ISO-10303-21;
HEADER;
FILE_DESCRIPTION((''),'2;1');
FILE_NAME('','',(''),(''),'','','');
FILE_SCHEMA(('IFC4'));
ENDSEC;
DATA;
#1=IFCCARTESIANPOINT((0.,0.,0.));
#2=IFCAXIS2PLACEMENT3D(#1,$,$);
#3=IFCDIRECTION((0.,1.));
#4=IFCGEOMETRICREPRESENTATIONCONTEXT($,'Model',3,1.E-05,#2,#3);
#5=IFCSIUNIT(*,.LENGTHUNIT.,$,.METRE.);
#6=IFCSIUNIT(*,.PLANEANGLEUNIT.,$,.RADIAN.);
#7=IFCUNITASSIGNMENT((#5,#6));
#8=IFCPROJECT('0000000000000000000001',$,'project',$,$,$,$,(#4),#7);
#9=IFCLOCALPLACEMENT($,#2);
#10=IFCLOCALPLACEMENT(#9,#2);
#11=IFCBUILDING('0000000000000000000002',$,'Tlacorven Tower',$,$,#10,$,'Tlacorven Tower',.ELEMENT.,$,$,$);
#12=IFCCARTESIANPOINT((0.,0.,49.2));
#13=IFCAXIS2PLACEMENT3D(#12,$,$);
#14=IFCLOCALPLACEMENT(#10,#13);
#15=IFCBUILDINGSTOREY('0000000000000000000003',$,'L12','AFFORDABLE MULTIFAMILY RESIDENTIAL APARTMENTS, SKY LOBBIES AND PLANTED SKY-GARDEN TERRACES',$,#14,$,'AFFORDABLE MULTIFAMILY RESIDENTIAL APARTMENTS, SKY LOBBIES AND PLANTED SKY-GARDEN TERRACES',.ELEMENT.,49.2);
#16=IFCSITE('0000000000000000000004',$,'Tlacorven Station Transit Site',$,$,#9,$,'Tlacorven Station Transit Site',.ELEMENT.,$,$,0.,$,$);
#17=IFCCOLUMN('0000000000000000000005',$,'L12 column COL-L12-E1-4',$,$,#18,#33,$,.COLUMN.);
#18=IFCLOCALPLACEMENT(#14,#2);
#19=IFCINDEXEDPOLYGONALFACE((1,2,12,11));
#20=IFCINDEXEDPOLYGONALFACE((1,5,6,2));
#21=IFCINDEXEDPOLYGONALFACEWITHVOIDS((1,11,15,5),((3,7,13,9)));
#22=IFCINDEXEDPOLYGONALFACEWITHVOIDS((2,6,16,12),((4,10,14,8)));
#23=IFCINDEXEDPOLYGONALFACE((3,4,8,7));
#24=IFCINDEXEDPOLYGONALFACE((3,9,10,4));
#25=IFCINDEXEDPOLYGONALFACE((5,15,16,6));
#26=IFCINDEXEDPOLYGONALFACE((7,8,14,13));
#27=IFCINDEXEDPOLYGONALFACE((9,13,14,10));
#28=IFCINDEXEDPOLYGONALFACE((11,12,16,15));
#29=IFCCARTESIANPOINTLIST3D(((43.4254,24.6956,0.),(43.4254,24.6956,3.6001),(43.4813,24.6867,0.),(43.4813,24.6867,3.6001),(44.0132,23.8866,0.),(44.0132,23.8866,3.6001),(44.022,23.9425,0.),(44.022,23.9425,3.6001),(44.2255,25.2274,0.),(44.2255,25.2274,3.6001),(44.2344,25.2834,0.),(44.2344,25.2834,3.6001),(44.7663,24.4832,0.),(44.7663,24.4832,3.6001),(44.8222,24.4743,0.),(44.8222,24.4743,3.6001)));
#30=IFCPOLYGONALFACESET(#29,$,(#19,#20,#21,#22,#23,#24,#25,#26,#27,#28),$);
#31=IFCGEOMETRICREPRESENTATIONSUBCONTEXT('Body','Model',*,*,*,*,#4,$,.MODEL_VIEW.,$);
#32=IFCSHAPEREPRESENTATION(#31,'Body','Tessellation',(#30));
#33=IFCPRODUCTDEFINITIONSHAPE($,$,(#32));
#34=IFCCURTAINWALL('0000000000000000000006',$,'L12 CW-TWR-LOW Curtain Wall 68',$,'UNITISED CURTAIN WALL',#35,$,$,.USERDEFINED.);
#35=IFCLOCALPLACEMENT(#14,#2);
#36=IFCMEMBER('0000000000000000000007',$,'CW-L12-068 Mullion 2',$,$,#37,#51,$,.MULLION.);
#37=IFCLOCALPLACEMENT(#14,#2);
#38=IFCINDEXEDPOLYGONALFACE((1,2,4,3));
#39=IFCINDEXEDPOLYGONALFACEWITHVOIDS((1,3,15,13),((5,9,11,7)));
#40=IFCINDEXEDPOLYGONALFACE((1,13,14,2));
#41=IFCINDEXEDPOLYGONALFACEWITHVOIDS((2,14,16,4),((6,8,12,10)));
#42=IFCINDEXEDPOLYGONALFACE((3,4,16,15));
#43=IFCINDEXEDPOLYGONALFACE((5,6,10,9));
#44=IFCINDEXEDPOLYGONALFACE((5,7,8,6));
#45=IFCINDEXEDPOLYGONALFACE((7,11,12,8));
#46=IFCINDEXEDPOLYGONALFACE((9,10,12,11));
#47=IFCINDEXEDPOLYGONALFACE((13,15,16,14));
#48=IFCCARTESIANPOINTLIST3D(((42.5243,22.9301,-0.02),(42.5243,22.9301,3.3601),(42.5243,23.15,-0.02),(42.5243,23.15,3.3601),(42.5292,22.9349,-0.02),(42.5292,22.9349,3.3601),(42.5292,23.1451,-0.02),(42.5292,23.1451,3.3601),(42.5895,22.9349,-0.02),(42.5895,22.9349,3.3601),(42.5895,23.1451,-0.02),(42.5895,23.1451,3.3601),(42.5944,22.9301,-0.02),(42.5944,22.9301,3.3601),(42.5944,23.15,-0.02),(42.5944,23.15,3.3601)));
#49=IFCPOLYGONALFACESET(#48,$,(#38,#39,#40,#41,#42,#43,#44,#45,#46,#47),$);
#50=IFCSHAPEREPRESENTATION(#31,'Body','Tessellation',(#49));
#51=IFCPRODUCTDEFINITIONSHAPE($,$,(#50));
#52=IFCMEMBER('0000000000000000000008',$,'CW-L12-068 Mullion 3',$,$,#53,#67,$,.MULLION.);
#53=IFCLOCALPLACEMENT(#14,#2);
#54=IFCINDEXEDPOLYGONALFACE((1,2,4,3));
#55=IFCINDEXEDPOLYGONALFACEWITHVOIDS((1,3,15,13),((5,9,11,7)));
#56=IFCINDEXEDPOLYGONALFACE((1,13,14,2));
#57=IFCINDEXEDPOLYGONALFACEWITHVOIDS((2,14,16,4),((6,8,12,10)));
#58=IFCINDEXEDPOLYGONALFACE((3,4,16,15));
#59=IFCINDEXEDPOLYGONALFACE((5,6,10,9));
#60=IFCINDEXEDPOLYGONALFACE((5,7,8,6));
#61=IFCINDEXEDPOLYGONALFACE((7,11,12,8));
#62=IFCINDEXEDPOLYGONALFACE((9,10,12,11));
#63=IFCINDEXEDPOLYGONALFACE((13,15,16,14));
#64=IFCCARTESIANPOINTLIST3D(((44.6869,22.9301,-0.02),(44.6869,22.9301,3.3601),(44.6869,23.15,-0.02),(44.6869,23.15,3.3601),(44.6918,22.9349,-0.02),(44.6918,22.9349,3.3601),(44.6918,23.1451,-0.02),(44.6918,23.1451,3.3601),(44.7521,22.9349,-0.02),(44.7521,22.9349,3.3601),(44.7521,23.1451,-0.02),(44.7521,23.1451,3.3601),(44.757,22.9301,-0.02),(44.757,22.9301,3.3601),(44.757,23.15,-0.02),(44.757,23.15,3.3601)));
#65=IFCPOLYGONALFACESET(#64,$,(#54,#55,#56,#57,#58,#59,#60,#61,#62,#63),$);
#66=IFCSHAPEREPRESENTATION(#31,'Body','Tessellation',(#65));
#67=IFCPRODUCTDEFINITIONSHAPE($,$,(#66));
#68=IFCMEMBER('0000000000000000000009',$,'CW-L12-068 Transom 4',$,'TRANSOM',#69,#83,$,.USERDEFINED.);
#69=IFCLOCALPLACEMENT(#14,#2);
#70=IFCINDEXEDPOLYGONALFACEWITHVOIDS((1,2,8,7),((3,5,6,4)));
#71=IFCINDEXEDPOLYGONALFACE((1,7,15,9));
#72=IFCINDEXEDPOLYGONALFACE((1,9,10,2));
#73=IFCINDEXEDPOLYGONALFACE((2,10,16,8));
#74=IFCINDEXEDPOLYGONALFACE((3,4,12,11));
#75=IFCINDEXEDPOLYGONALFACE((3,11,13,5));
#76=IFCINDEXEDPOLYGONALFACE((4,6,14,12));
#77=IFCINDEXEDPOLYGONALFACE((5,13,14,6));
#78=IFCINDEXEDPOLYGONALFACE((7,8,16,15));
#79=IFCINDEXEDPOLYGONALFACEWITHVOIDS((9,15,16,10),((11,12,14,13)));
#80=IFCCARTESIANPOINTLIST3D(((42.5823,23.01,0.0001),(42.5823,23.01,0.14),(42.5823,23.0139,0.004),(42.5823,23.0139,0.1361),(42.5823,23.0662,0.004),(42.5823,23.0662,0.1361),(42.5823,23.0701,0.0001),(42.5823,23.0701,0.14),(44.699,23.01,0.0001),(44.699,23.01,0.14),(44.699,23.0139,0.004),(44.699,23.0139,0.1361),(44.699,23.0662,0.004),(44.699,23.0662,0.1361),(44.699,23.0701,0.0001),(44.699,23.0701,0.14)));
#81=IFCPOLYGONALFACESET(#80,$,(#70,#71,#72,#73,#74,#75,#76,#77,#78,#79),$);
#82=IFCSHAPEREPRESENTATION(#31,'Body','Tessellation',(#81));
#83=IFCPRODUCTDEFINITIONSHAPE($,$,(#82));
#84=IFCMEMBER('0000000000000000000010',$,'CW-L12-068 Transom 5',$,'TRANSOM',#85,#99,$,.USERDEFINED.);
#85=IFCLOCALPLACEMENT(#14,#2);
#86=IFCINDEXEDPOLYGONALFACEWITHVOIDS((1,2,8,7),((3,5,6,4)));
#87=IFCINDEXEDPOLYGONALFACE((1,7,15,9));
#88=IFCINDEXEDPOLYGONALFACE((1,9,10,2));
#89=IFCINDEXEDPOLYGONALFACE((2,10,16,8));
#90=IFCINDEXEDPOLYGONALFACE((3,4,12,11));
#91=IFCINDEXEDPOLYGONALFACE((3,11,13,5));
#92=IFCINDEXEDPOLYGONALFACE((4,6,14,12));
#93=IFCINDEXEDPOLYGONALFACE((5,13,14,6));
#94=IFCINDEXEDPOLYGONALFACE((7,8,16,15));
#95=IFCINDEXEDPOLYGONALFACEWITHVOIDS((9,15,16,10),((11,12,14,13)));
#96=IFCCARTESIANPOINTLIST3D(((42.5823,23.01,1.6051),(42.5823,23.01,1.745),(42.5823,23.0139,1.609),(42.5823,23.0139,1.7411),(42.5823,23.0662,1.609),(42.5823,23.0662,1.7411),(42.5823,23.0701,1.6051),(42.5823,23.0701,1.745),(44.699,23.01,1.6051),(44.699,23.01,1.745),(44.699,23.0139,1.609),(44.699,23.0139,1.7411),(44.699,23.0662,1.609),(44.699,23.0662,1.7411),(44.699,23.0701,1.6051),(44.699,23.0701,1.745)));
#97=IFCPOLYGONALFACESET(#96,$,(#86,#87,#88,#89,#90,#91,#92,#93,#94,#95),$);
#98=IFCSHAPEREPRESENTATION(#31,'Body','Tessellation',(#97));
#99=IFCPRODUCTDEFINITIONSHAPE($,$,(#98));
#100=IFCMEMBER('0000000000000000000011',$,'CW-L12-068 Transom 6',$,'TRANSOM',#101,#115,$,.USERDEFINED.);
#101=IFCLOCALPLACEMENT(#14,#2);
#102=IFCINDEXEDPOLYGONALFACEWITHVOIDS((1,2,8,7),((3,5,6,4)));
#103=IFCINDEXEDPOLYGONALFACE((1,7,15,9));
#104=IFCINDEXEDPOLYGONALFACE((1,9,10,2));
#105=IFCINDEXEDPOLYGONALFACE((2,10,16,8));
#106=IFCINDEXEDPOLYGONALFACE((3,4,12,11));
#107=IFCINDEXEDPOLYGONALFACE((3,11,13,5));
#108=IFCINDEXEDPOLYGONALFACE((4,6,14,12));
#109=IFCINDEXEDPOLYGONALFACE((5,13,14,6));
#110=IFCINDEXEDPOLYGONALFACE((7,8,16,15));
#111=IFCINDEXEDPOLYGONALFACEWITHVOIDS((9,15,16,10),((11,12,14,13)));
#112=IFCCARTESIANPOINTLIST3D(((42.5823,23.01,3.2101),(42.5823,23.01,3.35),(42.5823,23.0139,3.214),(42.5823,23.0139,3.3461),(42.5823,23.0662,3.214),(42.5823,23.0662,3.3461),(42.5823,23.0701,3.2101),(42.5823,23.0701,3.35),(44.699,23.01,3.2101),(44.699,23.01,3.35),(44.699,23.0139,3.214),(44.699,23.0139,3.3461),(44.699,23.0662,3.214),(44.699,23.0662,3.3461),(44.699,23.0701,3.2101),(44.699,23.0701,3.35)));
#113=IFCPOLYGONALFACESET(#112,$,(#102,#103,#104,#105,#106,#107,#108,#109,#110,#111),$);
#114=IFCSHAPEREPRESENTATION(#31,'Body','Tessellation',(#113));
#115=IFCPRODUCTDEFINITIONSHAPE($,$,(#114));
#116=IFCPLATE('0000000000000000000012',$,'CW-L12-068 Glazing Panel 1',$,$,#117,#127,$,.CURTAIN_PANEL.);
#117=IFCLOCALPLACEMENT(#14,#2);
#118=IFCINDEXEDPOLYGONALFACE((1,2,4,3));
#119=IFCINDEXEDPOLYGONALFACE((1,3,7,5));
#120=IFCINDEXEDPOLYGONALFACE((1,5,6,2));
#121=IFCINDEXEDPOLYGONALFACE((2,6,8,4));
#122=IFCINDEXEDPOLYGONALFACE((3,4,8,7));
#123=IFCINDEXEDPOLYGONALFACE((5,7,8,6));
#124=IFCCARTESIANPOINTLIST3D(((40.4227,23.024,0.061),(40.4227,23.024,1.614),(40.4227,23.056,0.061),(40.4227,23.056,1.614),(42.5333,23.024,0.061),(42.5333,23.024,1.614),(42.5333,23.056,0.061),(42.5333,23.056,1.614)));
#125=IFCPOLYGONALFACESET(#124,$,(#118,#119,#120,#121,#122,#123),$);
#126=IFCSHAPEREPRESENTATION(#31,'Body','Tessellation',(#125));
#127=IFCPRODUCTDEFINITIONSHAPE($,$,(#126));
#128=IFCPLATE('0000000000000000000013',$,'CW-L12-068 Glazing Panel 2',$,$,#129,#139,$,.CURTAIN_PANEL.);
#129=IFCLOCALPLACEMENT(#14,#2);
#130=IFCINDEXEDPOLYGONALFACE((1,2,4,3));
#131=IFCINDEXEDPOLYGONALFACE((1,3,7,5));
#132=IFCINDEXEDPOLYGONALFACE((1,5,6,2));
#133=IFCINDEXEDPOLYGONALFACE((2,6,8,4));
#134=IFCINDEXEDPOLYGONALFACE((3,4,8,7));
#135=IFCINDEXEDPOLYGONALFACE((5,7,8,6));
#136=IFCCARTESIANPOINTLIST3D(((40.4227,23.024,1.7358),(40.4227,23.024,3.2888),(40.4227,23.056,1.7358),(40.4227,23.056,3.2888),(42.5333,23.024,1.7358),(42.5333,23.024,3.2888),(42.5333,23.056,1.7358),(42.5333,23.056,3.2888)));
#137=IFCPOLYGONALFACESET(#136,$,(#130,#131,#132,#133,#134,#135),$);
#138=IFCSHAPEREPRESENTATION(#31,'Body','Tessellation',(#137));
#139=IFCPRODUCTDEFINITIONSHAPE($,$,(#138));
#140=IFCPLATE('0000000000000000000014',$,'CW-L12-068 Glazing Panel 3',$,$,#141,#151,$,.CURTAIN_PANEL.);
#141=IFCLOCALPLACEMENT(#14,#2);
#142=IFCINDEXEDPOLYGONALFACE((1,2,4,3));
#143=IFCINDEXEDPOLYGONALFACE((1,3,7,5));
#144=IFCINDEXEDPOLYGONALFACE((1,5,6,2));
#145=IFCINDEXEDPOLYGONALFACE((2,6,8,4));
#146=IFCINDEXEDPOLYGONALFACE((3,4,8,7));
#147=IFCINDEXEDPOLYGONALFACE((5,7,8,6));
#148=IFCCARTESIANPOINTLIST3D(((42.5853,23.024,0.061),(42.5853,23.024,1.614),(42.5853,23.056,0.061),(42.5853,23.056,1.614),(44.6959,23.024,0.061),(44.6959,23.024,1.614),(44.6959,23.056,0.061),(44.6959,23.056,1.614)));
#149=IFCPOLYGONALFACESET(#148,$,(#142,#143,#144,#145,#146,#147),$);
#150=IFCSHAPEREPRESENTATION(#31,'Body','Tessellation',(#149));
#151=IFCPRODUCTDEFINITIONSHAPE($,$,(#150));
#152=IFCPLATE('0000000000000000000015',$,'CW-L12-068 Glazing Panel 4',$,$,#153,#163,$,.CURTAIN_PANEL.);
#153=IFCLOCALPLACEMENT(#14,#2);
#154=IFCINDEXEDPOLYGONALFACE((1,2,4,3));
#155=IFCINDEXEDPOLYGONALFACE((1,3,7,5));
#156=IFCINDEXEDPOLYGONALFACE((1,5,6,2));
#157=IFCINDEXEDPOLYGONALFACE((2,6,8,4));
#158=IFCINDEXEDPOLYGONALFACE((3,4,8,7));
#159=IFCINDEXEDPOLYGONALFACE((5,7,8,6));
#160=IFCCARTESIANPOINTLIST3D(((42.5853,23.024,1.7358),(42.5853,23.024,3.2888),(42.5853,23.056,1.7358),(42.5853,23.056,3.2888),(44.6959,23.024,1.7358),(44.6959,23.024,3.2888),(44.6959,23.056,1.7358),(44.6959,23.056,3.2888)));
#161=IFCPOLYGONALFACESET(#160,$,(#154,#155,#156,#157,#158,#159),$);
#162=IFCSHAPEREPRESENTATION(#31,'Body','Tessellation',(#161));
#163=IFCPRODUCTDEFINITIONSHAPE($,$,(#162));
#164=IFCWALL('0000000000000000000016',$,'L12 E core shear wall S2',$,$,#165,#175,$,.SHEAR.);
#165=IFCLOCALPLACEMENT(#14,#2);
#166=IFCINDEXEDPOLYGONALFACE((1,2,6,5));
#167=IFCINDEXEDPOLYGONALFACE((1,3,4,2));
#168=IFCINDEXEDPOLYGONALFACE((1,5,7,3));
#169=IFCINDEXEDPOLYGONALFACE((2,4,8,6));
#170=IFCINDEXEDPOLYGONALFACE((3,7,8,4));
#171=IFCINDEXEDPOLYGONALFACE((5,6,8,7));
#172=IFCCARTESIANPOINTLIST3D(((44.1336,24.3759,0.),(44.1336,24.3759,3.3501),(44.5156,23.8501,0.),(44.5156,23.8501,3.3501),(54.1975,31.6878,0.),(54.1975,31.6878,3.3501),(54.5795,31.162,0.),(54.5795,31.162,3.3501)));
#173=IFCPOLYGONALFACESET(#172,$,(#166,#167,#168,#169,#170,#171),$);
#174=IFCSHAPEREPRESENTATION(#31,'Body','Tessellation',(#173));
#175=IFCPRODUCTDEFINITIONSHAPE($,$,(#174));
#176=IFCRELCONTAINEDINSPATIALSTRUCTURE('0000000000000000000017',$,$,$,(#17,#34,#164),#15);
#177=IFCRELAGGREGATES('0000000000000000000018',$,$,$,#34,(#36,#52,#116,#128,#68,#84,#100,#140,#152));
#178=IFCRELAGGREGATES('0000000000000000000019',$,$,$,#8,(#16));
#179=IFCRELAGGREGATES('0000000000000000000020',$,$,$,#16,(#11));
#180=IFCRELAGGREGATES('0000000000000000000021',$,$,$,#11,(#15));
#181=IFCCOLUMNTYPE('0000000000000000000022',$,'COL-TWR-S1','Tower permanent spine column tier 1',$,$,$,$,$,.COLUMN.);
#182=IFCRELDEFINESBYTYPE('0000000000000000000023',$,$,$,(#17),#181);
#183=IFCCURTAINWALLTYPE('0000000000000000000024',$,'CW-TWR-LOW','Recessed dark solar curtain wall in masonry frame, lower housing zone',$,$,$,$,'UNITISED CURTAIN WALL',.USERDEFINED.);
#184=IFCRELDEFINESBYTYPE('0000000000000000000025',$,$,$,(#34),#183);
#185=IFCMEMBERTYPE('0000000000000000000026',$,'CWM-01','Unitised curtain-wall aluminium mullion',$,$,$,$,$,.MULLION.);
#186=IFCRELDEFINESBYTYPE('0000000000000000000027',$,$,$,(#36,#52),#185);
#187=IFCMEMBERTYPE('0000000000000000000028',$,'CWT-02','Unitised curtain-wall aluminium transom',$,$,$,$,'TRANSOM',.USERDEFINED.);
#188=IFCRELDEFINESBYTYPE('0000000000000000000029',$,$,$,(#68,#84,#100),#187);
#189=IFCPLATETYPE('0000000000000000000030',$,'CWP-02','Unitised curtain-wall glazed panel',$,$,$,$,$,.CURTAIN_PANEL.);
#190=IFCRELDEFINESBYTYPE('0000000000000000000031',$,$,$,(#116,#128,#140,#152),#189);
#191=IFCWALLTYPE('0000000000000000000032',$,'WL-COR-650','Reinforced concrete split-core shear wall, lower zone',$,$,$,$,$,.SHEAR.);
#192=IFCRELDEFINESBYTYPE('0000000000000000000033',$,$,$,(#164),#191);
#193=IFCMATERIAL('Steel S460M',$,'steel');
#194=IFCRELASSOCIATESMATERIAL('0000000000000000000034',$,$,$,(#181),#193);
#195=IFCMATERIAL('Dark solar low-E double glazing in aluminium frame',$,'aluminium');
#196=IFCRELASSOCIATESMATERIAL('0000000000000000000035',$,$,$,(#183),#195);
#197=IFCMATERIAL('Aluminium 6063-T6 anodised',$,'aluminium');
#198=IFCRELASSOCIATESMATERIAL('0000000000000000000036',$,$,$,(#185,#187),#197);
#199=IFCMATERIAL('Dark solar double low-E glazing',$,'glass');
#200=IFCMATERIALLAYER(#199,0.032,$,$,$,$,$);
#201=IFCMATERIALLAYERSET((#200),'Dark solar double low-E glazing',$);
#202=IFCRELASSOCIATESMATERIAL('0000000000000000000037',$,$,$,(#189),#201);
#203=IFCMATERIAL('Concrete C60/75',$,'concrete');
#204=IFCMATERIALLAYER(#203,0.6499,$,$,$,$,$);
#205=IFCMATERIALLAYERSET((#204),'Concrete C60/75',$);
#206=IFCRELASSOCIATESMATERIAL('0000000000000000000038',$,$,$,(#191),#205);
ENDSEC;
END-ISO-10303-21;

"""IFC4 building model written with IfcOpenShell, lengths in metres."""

from ifc_helpers import new_model, si_unit, direction, frame, frame_2d, origin, origin_2d, place, context, subcontext, project, spatial, rectangle, hollow_rectangle, extrude, source, transform, mapped, material, layer, layer_set, material_profile, profile_set, type_object, element, aggregate, save


model = new_model("IFC4")

# Units and contexts
model_context = context("Model", 3, precision=1e-05, world=origin(), true_north=direction((0.0, 1.0)))
body_context = subcontext(model_context, "Body", "Model", "MODEL_VIEW")
ifc_project = project(units=[si_unit("LENGTHUNIT", "METRE"), si_unit("PLANEANGLEUNIT", "RADIAN")], contexts=[model_context])

# Site, building, storey
site_placement = place(None, origin())
site = spatial("IfcSite", under=ifc_project, at=site_placement, Name="Tlacorven Station Transit Site", LongName="Tlacorven Station Transit Site", CompositionType="ELEMENT", RefElevation=0.0)
building_placement = place(site_placement, origin())
building = spatial("IfcBuilding", under=site, at=building_placement, Name="Tlacorven Tower", LongName="Tlacorven Tower", CompositionType="ELEMENT")
storey_placement = place(building_placement, frame((0.0, 0.0, 49.2)))
storey = spatial("IfcBuildingStorey", under=building, at=storey_placement, Name="L12", Description="AFFORDABLE MULTIFAMILY RESIDENTIAL APARTMENTS, SKY LOBBIES AND PLANTED SKY-GARDEN TERRACES", LongName="AFFORDABLE MULTIFAMILY RESIDENTIAL APARTMENTS, SKY LOBBIES AND PLANTED SKY-GARDEN TERRACES", CompositionType="ELEMENT", Elevation=49.2)

# Column
ifc_material_1 = material(Name="Steel S460M", Category="steel")
ifc_material_profile_1 = material_profile(ifc_material_1, hollow_rectangle(XDim=1.0, YDim=1.0, WallThickness=0.04, at=origin_2d()), Name="BOX 1000X1000X40")
ifc_profile_set_1 = profile_set([ifc_material_profile_1], Name="Steel S460M")
column_type = type_object("IfcColumnType", Name="COL-TWR-S1", Description="Tower permanent spine column tier 1", PredefinedType="COLUMN", material=ifc_profile_set_1)
shared_shape_1 = source(origin(), body_context, "Body", "SweptSolid", [
    extrude(hollow_rectangle(XDim=1.0, YDim=1.0, WallThickness=0.04, at=origin_2d()), origin(), (0.0, 0.0, 1.0), 3.6001),
])
column_placement = place(storey_placement, frame((44.1238, 24.585, 0.0), z_axis=(0.0, 0.0, 1.0), x_axis=(0.809017, 0.587785, 0.0)))
element("IfcColumn", 1, at=column_placement, inside=storey, type_object=column_type, Name="L12 column COL-L12-E1-4", PredefinedType="COLUMN", context=body_context, shape_type="MappedRepresentation", body=[
    mapped(shared_shape_1, transform((0.0, 0.0, 0.0), scale=1.0)),
])

# Curtain wall, members, plates
ifc_material_2 = material(Name="Dark solar low-E double glazing in aluminium frame", Category="aluminium")
curtain_wall_type = type_object("IfcCurtainWallType", Name="CW-TWR-LOW", Description="Recessed dark solar curtain wall in masonry frame, lower housing zone", ElementType="UNITISED CURTAIN WALL", PredefinedType="USERDEFINED", material=ifc_material_2)
curtain_wall_placement = place(storey_placement, origin())
curtain_wall = element("IfcCurtainWall", 2, at=curtain_wall_placement, inside=storey, type_object=curtain_wall_type, Name="L12 CW-TWR-LOW Curtain Wall 68", ObjectType="UNITISED CURTAIN WALL", PredefinedType="USERDEFINED")
ifc_material_3 = material(Name="Aluminium 6063-T6 anodised", Category="aluminium")
ifc_material_profile_2 = material_profile(ifc_material_3, hollow_rectangle(XDim=0.0701, YDim=0.22, WallThickness=0.0049, at=origin_2d()), Name="ALU MULLION 70X220")
ifc_profile_set_2 = profile_set([ifc_material_profile_2], Name="Aluminium 6063-T6 anodised")
member_type_1 = type_object("IfcMemberType", Name="CWM-01", Description="Unitised curtain-wall aluminium mullion", PredefinedType="MULLION", material=ifc_profile_set_2)
shared_shape_2 = source(origin(), body_context, "Body", "SweptSolid", [
    extrude(hollow_rectangle(XDim=0.0701, YDim=0.22, WallThickness=0.0049, at=origin_2d()), origin(), (0.0, 0.0, 1.0), 3.3801),
])
member_1_placement = place(storey_placement, frame((42.5593, 23.04, -0.02), z_axis=(0.0, 0.0, 1.0), x_axis=(1.0, 0.0, 0.0)))
member_1 = element("IfcMember", 3, at=member_1_placement, type_object=member_type_1, Name="CW-L12-068 Mullion 2", PredefinedType="MULLION", context=body_context, shape_type="MappedRepresentation", body=[
    mapped(shared_shape_2, transform((0.0, 0.0, 0.0), scale=1.0)),
])
member_2_placement = place(storey_placement, frame((44.7219, 23.04, -0.02), z_axis=(0.0, 0.0, 1.0), x_axis=(1.0, 0.0, 0.0)))
member_2 = element("IfcMember", 4, at=member_2_placement, type_object=member_type_1, Name="CW-L12-068 Mullion 3", PredefinedType="MULLION", context=body_context, shape_type="MappedRepresentation", body=[
    mapped(shared_shape_2, transform((0.0, 0.0, 0.0), scale=1.0)),
])
ifc_material_profile_3 = material_profile(ifc_material_3, hollow_rectangle(XDim=0.0601, YDim=0.1399, WallThickness=0.0039, at=origin_2d()), Name="ALU TRANSOM 60X140")
ifc_profile_set_3 = profile_set([ifc_material_profile_3], Name="Aluminium 6063-T6 anodised")
member_type_2 = type_object("IfcMemberType", Name="CWT-02", Description="Unitised curtain-wall aluminium transom", ElementType="TRANSOM", PredefinedType="USERDEFINED", material=ifc_profile_set_3)
shared_shape_3 = source(origin(), body_context, "Body", "SweptSolid", [
    extrude(hollow_rectangle(XDim=0.0601, YDim=0.1399, WallThickness=0.0039, at=origin_2d()), origin(), (0.0, 0.0, 1.0), 2.1167),
])
member_3_placement = place(storey_placement, frame((42.5823, 23.04, 0.0701), z_axis=(1.0, 0.0, 0.0), x_axis=(0.0, 1.0, 0.0)))
member_3 = element("IfcMember", 5, at=member_3_placement, type_object=member_type_2, Name="CW-L12-068 Transom 4", ObjectType="TRANSOM", PredefinedType="USERDEFINED", context=body_context, shape_type="MappedRepresentation", body=[
    mapped(shared_shape_3, transform((0.0, 0.0, 0.0), scale=1.0)),
])
member_4_placement = place(storey_placement, frame((42.5823, 23.04, 1.675), z_axis=(1.0, 0.0, 0.0), x_axis=(0.0, 1.0, 0.0)))
member_4 = element("IfcMember", 6, at=member_4_placement, type_object=member_type_2, Name="CW-L12-068 Transom 5", ObjectType="TRANSOM", PredefinedType="USERDEFINED", context=body_context, shape_type="MappedRepresentation", body=[
    mapped(shared_shape_3, transform((0.0, 0.0, 0.0), scale=1.0)),
])
member_5_placement = place(storey_placement, frame((42.5823, 23.04, 3.28), z_axis=(1.0, 0.0, 0.0), x_axis=(0.0, 1.0, 0.0)))
member_5 = element("IfcMember", 7, at=member_5_placement, type_object=member_type_2, Name="CW-L12-068 Transom 6", ObjectType="TRANSOM", PredefinedType="USERDEFINED", context=body_context, shape_type="MappedRepresentation", body=[
    mapped(shared_shape_3, transform((0.0, 0.0, 0.0), scale=1.0)),
])
ifc_material_4 = material(Name="Dark solar double low-E glazing", Category="glass")
ifc_layer_1 = layer(ifc_material_4, 0.032)
ifc_layer_set_1 = layer_set([ifc_layer_1], Name="Dark solar double low-E glazing")
plate_type = type_object("IfcPlateType", Name="CWP-02", Description="Unitised curtain-wall glazed panel", PredefinedType="CURTAIN_PANEL", material=ifc_layer_set_1)
shared_shape_4 = source(origin(), body_context, "Body", "SweptSolid", [
    extrude(rectangle(XDim=2.1106, YDim=0.032, at=origin_2d()), origin(), (0.0, 0.0, 1.0), 1.553),
])
plate_1_placement = place(storey_placement, frame((41.478, 23.04, 0.061), z_axis=(0.0, 0.0, 1.0), x_axis=(1.0, 0.0, 0.0)))
plate_1 = element("IfcPlate", 8, at=plate_1_placement, type_object=plate_type, Name="CW-L12-068 Glazing Panel 1", PredefinedType="CURTAIN_PANEL", context=body_context, shape_type="MappedRepresentation", body=[
    mapped(shared_shape_4, transform((0.0, 0.0, 0.0), scale=1.0)),
])
plate_2_placement = place(storey_placement, frame((41.478, 23.04, 1.7358), z_axis=(0.0, 0.0, 1.0), x_axis=(1.0, 0.0, 0.0)))
plate_2 = element("IfcPlate", 9, at=plate_2_placement, type_object=plate_type, Name="CW-L12-068 Glazing Panel 2", PredefinedType="CURTAIN_PANEL", context=body_context, shape_type="MappedRepresentation", body=[
    mapped(shared_shape_4, transform((0.0, 0.0, 0.0), scale=1.0)),
])
plate_3_placement = place(storey_placement, frame((43.6406, 23.04, 0.061), z_axis=(0.0, 0.0, 1.0), x_axis=(1.0, 0.0, 0.0)))
plate_3 = element("IfcPlate", 10, at=plate_3_placement, type_object=plate_type, Name="CW-L12-068 Glazing Panel 3", PredefinedType="CURTAIN_PANEL", context=body_context, shape_type="MappedRepresentation", body=[
    mapped(shared_shape_4, transform((0.0, 0.0, 0.0), scale=1.0)),
])
plate_4_placement = place(storey_placement, frame((43.6406, 23.04, 1.7358), z_axis=(0.0, 0.0, 1.0), x_axis=(1.0, 0.0, 0.0)))
plate_4 = element("IfcPlate", 11, at=plate_4_placement, type_object=plate_type, Name="CW-L12-068 Glazing Panel 4", PredefinedType="CURTAIN_PANEL", context=body_context, shape_type="MappedRepresentation", body=[
    mapped(shared_shape_4, transform((0.0, 0.0, 0.0), scale=1.0)),
])
aggregate(curtain_wall, [member_1, member_2, plate_1, plate_2, member_3, member_4, member_5, plate_3, plate_4])

# Wall
ifc_material_5 = material(Name="Concrete C60/75", Category="concrete")
ifc_layer_2 = layer(ifc_material_5, 0.6499)
ifc_layer_set_2 = layer_set([ifc_layer_2], Name="Concrete C60/75")
wall_type_1 = type_object("IfcWallType", Name="WL-COR-650", Description="Reinforced concrete split-core shear wall, lower zone", PredefinedType="SHEAR", material=ifc_layer_set_2)
wall_1_placement = place(storey_placement, frame((44.3247, 24.113, 0.0), z_axis=(0.0, 0.0, 1.0), x_axis=(0.809013, 0.587791, 0.0)))
element("IfcWall", 12, at=wall_1_placement, inside=storey, type_object=wall_type_1, Name="L12 E core shear wall S2", PredefinedType="SHEAR", context=body_context, shape_type="SweptSolid", body=[
    extrude(rectangle(XDim=12.4397, YDim=0.6499, at=frame_2d((6.2197, 0.0))), origin(), (0.0, 0.0, 1.0), 3.3501),
])

save(model, "model.ifc")
